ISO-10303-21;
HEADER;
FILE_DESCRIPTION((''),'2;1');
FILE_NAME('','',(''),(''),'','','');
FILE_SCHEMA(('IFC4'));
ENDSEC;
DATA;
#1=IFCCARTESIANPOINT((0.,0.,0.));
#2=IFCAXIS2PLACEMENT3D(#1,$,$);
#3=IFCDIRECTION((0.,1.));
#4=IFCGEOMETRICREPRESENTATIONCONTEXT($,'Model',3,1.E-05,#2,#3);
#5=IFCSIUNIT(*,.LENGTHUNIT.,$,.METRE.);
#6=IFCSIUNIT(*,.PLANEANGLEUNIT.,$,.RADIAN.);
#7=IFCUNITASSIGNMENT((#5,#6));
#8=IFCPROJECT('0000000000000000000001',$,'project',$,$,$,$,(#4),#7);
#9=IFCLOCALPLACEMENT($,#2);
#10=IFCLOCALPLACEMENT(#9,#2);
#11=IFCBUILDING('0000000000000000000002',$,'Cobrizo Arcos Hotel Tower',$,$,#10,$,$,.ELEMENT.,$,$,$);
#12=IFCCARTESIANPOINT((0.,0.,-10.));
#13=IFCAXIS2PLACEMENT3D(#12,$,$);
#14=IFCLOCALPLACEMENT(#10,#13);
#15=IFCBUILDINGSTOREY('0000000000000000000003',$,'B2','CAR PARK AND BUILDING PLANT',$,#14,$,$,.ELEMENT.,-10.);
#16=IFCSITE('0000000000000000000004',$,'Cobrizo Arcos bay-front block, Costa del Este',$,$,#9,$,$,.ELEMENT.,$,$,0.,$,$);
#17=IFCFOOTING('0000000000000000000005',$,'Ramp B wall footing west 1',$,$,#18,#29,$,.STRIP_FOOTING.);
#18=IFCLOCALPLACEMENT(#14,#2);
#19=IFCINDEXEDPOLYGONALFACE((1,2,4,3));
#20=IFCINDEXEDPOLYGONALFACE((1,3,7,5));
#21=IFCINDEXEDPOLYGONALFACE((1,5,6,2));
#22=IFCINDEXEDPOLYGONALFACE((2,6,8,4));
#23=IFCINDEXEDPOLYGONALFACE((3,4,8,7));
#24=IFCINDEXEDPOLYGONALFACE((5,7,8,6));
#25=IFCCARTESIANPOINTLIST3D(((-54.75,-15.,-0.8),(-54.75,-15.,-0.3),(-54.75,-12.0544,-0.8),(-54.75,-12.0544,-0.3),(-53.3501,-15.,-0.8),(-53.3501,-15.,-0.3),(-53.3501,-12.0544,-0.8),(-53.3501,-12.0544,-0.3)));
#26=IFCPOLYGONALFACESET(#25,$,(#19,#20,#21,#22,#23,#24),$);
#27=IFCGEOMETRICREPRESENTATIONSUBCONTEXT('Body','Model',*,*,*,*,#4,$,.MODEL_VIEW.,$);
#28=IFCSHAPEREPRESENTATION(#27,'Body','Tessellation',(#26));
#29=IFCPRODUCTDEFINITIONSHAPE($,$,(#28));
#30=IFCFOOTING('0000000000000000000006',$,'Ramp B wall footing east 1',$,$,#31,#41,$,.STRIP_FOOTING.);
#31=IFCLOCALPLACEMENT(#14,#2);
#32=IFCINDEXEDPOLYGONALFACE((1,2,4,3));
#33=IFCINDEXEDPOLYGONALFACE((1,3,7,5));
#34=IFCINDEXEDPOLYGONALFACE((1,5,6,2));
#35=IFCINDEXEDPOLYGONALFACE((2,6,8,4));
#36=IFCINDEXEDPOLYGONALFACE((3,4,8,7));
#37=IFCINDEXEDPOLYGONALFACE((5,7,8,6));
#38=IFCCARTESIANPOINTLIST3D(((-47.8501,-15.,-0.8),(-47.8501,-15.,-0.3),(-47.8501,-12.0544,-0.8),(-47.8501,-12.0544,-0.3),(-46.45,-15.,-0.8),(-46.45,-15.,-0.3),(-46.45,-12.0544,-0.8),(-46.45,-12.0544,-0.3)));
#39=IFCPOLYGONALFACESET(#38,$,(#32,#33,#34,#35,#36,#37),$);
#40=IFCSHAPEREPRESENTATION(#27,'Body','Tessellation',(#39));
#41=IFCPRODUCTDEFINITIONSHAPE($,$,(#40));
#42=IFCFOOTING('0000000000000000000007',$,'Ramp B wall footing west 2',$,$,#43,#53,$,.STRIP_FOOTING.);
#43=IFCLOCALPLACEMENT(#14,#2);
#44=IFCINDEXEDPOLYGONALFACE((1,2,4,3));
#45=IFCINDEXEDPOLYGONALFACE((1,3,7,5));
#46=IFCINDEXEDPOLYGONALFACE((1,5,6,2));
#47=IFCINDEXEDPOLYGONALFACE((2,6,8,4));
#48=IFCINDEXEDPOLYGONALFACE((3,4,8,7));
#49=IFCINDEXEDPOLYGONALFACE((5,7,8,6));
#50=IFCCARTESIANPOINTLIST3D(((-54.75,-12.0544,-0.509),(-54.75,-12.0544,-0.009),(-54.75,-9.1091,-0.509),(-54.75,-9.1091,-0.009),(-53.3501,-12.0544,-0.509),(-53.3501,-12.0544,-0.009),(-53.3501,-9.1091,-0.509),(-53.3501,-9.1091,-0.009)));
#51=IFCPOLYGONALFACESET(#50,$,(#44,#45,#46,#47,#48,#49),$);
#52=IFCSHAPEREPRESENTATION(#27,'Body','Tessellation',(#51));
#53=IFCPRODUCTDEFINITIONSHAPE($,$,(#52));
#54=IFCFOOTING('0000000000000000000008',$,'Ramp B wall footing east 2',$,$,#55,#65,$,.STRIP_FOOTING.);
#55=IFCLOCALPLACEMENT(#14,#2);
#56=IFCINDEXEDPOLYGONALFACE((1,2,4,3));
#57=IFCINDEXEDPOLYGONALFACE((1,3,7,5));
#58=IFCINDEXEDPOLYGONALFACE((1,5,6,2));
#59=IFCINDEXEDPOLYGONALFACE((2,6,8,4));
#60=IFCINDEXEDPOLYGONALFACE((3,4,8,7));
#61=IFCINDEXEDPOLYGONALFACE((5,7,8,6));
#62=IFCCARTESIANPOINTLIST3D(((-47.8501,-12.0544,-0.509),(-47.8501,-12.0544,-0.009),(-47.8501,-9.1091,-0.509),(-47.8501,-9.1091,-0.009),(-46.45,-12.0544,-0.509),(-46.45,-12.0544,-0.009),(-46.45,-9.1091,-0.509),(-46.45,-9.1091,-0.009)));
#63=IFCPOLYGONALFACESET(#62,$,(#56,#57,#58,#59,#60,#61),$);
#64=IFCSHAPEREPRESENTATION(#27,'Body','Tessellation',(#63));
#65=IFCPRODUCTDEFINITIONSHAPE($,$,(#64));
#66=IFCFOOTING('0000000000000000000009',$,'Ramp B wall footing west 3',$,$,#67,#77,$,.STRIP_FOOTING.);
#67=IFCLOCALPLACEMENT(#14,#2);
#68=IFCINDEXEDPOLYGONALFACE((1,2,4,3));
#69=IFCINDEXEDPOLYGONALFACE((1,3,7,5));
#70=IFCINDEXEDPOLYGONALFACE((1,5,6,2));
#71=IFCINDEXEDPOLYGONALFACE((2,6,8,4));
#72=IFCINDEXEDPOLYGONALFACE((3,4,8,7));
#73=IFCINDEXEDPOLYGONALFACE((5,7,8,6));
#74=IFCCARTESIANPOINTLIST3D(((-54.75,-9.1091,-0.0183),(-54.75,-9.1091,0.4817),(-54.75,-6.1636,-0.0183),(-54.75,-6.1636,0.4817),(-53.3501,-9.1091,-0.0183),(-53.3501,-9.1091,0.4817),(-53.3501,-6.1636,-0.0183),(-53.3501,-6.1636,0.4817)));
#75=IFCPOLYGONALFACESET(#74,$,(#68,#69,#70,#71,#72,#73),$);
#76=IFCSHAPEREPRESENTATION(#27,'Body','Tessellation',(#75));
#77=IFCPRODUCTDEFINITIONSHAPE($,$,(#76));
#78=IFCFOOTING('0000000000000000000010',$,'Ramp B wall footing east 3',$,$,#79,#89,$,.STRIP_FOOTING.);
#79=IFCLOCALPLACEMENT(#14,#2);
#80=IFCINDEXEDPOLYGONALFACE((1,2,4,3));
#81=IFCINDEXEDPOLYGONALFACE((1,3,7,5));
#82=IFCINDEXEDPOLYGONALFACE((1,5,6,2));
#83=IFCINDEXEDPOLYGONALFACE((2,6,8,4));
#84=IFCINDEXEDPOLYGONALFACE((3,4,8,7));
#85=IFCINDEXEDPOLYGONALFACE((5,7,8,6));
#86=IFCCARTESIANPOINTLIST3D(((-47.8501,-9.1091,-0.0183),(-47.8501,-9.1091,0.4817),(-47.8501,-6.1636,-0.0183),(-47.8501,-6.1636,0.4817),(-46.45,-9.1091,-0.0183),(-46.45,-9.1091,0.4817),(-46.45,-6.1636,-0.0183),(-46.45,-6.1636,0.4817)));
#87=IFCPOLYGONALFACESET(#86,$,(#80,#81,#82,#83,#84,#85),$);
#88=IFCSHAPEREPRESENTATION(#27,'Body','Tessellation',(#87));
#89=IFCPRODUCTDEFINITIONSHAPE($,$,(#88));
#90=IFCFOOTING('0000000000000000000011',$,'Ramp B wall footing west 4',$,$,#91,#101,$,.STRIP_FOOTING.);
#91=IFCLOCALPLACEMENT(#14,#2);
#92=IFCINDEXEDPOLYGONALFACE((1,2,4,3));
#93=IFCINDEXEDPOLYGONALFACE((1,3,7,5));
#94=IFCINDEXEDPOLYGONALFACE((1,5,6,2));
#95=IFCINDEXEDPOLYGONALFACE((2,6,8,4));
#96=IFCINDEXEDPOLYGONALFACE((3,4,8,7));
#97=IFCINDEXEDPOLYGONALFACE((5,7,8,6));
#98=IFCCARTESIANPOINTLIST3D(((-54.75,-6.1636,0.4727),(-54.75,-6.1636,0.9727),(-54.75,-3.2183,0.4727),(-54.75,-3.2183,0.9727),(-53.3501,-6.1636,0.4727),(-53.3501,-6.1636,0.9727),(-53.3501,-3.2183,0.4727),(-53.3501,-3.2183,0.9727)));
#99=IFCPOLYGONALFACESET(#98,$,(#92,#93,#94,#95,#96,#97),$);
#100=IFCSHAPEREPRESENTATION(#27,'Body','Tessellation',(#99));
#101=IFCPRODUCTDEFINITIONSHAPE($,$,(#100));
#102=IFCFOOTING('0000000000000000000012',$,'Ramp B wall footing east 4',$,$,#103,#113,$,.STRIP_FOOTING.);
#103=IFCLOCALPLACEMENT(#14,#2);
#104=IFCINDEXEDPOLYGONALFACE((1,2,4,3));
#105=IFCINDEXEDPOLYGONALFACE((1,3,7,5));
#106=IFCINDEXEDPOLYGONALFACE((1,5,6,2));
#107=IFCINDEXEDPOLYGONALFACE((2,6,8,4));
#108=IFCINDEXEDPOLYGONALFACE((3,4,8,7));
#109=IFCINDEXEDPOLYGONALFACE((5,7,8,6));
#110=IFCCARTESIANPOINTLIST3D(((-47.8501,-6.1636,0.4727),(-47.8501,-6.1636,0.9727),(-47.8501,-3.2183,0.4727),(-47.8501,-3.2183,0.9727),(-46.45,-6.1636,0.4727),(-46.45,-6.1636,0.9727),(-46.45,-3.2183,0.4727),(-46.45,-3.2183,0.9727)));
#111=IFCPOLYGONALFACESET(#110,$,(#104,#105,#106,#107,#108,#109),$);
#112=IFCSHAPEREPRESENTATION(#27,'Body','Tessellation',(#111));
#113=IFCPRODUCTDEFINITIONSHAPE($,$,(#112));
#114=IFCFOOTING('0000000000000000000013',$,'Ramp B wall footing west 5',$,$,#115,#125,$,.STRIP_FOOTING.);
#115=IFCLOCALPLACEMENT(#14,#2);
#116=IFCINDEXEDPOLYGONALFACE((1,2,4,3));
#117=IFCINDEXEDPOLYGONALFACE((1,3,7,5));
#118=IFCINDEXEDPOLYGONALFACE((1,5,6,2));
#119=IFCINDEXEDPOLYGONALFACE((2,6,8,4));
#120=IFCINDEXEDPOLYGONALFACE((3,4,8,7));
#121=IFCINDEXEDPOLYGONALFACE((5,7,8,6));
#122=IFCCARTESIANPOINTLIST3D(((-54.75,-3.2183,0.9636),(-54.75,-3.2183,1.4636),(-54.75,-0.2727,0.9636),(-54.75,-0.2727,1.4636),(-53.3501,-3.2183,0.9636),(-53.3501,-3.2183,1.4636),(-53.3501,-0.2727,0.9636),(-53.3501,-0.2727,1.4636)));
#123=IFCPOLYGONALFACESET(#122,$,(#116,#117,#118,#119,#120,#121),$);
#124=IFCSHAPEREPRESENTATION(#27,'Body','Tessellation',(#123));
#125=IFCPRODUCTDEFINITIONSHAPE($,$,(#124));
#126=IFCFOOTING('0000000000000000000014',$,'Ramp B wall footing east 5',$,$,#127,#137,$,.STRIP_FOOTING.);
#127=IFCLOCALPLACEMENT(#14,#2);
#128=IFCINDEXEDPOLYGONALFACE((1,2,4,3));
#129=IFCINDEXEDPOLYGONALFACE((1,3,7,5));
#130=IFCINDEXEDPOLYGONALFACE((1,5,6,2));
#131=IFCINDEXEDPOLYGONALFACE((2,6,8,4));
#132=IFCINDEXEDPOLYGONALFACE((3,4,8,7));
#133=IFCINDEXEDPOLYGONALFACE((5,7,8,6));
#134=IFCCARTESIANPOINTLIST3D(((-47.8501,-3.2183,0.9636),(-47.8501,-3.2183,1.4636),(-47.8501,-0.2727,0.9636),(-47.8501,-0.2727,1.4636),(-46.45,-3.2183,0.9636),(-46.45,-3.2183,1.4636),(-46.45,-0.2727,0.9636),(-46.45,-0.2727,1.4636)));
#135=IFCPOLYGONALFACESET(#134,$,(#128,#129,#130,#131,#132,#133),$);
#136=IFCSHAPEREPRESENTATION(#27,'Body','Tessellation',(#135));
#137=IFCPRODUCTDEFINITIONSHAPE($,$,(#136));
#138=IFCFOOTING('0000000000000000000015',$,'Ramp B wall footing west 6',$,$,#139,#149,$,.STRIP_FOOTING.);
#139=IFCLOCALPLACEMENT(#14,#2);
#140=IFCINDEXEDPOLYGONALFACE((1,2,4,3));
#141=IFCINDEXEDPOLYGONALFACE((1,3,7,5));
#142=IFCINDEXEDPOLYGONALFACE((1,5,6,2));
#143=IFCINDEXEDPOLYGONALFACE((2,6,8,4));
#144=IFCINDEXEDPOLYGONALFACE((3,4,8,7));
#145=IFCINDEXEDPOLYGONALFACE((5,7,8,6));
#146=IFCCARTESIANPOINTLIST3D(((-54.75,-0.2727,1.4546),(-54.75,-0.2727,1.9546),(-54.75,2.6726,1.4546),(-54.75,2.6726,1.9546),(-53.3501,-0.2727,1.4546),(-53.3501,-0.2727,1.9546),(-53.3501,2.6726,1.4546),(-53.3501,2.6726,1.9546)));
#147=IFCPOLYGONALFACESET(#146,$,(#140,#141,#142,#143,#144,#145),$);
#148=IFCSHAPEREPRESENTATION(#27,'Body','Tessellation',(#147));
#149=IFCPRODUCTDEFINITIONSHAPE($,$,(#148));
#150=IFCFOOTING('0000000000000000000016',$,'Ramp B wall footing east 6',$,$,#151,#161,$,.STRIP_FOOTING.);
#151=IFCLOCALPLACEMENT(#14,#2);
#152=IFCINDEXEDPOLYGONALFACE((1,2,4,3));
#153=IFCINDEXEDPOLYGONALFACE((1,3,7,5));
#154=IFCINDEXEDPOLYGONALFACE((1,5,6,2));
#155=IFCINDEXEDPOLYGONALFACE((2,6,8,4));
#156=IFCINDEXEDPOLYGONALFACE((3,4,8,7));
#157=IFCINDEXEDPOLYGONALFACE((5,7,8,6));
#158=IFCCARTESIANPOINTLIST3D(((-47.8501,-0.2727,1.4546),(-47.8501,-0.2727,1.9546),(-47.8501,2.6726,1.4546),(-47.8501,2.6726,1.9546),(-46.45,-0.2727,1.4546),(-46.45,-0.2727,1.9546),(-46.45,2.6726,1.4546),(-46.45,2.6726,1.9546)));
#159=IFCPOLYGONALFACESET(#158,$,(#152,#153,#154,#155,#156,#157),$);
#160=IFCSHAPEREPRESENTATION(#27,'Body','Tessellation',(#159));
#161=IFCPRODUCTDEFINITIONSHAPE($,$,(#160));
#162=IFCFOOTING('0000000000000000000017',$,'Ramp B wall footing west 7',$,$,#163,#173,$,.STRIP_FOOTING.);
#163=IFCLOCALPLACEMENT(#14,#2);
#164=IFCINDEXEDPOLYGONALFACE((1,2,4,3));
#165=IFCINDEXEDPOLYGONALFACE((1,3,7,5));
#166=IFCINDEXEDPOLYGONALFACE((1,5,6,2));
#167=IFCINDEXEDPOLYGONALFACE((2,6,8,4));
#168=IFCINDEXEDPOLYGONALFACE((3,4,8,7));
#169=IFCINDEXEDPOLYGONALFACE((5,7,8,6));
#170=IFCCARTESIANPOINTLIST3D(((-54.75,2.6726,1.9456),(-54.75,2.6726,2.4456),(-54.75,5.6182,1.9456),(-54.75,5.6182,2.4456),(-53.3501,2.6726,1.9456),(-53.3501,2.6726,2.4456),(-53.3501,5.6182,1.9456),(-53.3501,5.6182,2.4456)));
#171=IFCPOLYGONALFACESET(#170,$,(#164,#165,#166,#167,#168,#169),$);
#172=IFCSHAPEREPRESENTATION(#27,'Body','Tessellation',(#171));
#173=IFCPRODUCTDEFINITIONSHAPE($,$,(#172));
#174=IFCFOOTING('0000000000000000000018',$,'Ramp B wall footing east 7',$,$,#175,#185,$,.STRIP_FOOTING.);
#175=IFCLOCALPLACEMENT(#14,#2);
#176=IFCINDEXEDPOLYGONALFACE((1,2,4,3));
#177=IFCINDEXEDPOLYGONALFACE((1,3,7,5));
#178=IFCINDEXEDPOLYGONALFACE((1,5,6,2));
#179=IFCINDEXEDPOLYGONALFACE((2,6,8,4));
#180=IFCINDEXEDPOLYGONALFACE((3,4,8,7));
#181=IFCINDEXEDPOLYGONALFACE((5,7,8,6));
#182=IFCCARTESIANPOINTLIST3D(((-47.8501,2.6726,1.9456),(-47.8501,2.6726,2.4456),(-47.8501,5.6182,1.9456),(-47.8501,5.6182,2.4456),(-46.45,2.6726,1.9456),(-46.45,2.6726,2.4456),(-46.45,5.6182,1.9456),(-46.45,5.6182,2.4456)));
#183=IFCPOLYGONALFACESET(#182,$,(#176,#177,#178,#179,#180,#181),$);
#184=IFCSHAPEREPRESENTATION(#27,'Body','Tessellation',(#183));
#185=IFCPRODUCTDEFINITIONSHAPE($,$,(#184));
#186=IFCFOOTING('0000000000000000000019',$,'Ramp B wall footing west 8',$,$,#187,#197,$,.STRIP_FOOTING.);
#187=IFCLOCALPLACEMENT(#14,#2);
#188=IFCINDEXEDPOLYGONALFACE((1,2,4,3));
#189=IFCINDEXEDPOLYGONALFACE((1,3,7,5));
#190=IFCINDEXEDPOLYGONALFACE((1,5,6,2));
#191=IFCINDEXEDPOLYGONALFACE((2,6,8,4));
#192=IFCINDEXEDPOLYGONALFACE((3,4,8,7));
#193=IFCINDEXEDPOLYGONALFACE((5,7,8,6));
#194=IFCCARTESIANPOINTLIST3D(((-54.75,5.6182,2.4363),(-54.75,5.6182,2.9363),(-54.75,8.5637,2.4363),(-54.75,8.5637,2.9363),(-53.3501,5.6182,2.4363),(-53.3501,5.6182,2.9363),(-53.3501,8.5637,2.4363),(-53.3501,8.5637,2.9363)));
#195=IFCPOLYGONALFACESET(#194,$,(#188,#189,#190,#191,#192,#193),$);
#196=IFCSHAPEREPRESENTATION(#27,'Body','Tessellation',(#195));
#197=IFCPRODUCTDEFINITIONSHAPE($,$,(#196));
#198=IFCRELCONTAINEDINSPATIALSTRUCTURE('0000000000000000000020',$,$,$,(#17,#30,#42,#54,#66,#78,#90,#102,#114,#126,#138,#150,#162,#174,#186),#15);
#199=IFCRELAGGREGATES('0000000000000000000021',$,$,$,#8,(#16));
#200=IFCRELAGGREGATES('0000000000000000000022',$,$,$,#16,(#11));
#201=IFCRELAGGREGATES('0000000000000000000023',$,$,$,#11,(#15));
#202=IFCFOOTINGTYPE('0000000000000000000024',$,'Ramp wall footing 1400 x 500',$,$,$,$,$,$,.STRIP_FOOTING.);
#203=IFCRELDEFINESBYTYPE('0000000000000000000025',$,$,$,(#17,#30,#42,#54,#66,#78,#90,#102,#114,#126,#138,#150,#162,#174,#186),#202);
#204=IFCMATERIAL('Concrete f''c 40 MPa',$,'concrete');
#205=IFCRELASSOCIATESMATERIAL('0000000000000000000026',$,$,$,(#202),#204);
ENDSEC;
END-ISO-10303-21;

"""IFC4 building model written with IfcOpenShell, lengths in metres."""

from ifc_helpers import new_model, si_unit, direction, frame, origin, place, context, subcontext, project, spatial, polyline, outline, extrude, material, type_object, element, save


model = new_model("IFC4")

# Units and contexts
model_context = context("Model", 3, precision=1e-05, world=origin(), true_north=direction((0.0, 1.0)))
body_context = subcontext(model_context, "Body", "Model", "MODEL_VIEW")
ifc_project = project(units=[si_unit("LENGTHUNIT", "METRE"), si_unit("PLANEANGLEUNIT", "RADIAN")], contexts=[model_context])

# Site, building, storey
site_placement = place(None, origin())
site = spatial("IfcSite", under=ifc_project, at=site_placement, Name="Cobrizo Arcos bay-front block, Costa del Este", CompositionType="ELEMENT", RefElevation=0.0)
building_placement = place(site_placement, origin())
building = spatial("IfcBuilding", under=site, at=building_placement, Name="Cobrizo Arcos Hotel Tower", CompositionType="ELEMENT")
storey_placement = place(building_placement, frame((0.0, 0.0, -10.0)))
storey = spatial("IfcBuildingStorey", under=building, at=storey_placement, Name="B2", Description="CAR PARK AND BUILDING PLANT", CompositionType="ELEMENT", Elevation=-10.0)

# Footings
ifc_material = material(Name="Concrete f'c 40 MPa", Category="concrete")
footing_type = type_object("IfcFootingType", Name="Ramp wall footing 1400 x 500", PredefinedType="STRIP_FOOTING", material=ifc_material)
footing_1_placement = place(storey_placement, frame((0.0, 0.0, -0.8)))
element("IfcFooting", 1, at=footing_1_placement, inside=storey, type_object=footing_type, Name="Ramp B wall footing west 1", PredefinedType="STRIP_FOOTING", context=body_context, shape_type="SweptSolid", body=[
    extrude(outline(polyline([(-54.75, -12.0544), (-53.3501, -12.0544), (-53.3501, -15.0), (-54.75, -15.0), (-54.75, -12.0544)])), origin(), (0.0, 0.0, 1.0), 0.5),
])
footing_2_placement = place(storey_placement, frame((0.0, 0.0, -0.8)))
element("IfcFooting", 2, at=footing_2_placement, inside=storey, type_object=footing_type, Name="Ramp B wall footing east 1", PredefinedType="STRIP_FOOTING", context=body_context, shape_type="SweptSolid", body=[
    extrude(outline(polyline([(-47.8501, -12.0544), (-46.45, -12.0544), (-46.45, -15.0), (-47.8501, -15.0), (-47.8501, -12.0544)])), origin(), (0.0, 0.0, 1.0), 0.5),
])
footing_3_placement = place(storey_placement, frame((0.0, 0.0, -0.509)))
element("IfcFooting", 3, at=footing_3_placement, inside=storey, type_object=footing_type, Name="Ramp B wall footing west 2", PredefinedType="STRIP_FOOTING", context=body_context, shape_type="SweptSolid", body=[
    extrude(outline(polyline([(-54.75, -9.1091), (-53.3501, -9.1091), (-53.3501, -12.0544), (-54.75, -12.0544), (-54.75, -9.1091)])), origin(), (0.0, 0.0, 1.0), 0.5),
])
footing_4_placement = place(storey_placement, frame((0.0, 0.0, -0.509)))
element("IfcFooting", 4, at=footing_4_placement, inside=storey, type_object=footing_type, Name="Ramp B wall footing east 2", PredefinedType="STRIP_FOOTING", context=body_context, shape_type="SweptSolid", body=[
    extrude(outline(polyline([(-47.8501, -9.1091), (-46.45, -9.1091), (-46.45, -12.0544), (-47.8501, -12.0544), (-47.8501, -9.1091)])), origin(), (0.0, 0.0, 1.0), 0.5),
])
footing_5_placement = place(storey_placement, frame((0.0, 0.0, -0.0183)))
element("IfcFooting", 5, at=footing_5_placement, inside=storey, type_object=footing_type, Name="Ramp B wall footing west 3", PredefinedType="STRIP_FOOTING", context=body_context, shape_type="SweptSolid", body=[
    extrude(outline(polyline([(-54.75, -6.1636), (-53.3501, -6.1636), (-53.3501, -9.1091), (-54.75, -9.1091), (-54.75, -6.1636)])), origin(), (0.0, 0.0, 1.0), 0.5),
])
footing_6_placement = place(storey_placement, frame((0.0, 0.0, -0.0183)))
element("IfcFooting", 6, at=footing_6_placement, inside=storey, type_object=footing_type, Name="Ramp B wall footing east 3", PredefinedType="STRIP_FOOTING", context=body_context, shape_type="SweptSolid", body=[
    extrude(outline(polyline([(-47.8501, -6.1636), (-46.45, -6.1636), (-46.45, -9.1091), (-47.8501, -9.1091), (-47.8501, -6.1636)])), origin(), (0.0, 0.0, 1.0), 0.5),
])
footing_7_placement = place(storey_placement, frame((0.0, 0.0, 0.4727)))
element("IfcFooting", 7, at=footing_7_placement, inside=storey, type_object=footing_type, Name="Ramp B wall footing west 4", PredefinedType="STRIP_FOOTING", context=body_context, shape_type="SweptSolid", body=[
    extrude(outline(polyline([(-54.75, -3.2183), (-53.3501, -3.2183), (-53.3501, -6.1636), (-54.75, -6.1636), (-54.75, -3.2183)])), origin(), (0.0, 0.0, 1.0), 0.5),
])
footing_8_placement = place(storey_placement, frame((0.0, 0.0, 0.4727)))
element("IfcFooting", 8, at=footing_8_placement, inside=storey, type_object=footing_type, Name="Ramp B wall footing east 4", PredefinedType="STRIP_FOOTING", context=body_context, shape_type="SweptSolid", body=[
    extrude(outline(polyline([(-47.8501, -3.2183), (-46.45, -3.2183), (-46.45, -6.1636), (-47.8501, -6.1636), (-47.8501, -3.2183)])), origin(), (0.0, 0.0, 1.0), 0.5),
])
footing_9_placement = place(storey_placement, frame((0.0, 0.0, 0.9636)))
element("IfcFooting", 9, at=footing_9_placement, inside=storey, type_object=footing_type, Name="Ramp B wall footing west 5", PredefinedType="STRIP_FOOTING", context=body_context, shape_type="SweptSolid", body=[
    extrude(outline(polyline([(-54.75, -0.2727), (-53.3501, -0.2727), (-53.3501, -3.2183), (-54.75, -3.2183), (-54.75, -0.2727)])), origin(), (0.0, 0.0, 1.0), 0.5),
])
footing_10_placement = place(storey_placement, frame((0.0, 0.0, 0.9636)))
element("IfcFooting", 10, at=footing_10_placement, inside=storey, type_object=footing_type, Name="Ramp B wall footing east 5", PredefinedType="STRIP_FOOTING", context=body_context, shape_type="SweptSolid", body=[
    extrude(outline(polyline([(-47.8501, -0.2727), (-46.45, -0.2727), (-46.45, -3.2183), (-47.8501, -3.2183), (-47.8501, -0.2727)])), origin(), (0.0, 0.0, 1.0), 0.5),
])
footing_11_placement = place(storey_placement, frame((0.0, 0.0, 1.4546)))
element("IfcFooting", 11, at=footing_11_placement, inside=storey, type_object=footing_type, Name="Ramp B wall footing west 6", PredefinedType="STRIP_FOOTING", context=body_context, shape_type="SweptSolid", body=[
    extrude(outline(polyline([(-54.75, 2.6726), (-53.3501, 2.6726), (-53.3501, -0.2727), (-54.75, -0.2727), (-54.75, 2.6726)])), origin(), (0.0, 0.0, 1.0), 0.5),
])
footing_12_placement = place(storey_placement, frame((0.0, 0.0, 1.4546)))
element("IfcFooting", 12, at=footing_12_placement, inside=storey, type_object=footing_type, Name="Ramp B wall footing east 6", PredefinedType="STRIP_FOOTING", context=body_context, shape_type="SweptSolid", body=[
    extrude(outline(polyline([(-47.8501, 2.6726), (-46.45, 2.6726), (-46.45, -0.2727), (-47.8501, -0.2727), (-47.8501, 2.6726)])), origin(), (0.0, 0.0, 1.0), 0.5),
])
footing_13_placement = place(storey_placement, frame((0.0, 0.0, 1.9456)))
element("IfcFooting", 13, at=footing_13_placement, inside=storey, type_object=footing_type, Name="Ramp B wall footing west 7", PredefinedType="STRIP_FOOTING", context=body_context, shape_type="SweptSolid", body=[
    extrude(outline(polyline([(-54.75, 5.6182), (-53.3501, 5.6182), (-53.3501, 2.6726), (-54.75, 2.6726), (-54.75, 5.6182)])), origin(), (0.0, 0.0, 1.0), 0.5),
])
footing_14_placement = place(storey_placement, frame((0.0, 0.0, 1.9456)))
element("IfcFooting", 14, at=footing_14_placement, inside=storey, type_object=footing_type, Name="Ramp B wall footing east 7", PredefinedType="STRIP_FOOTING", context=body_context, shape_type="SweptSolid", body=[
    extrude(outline(polyline([(-47.8501, 5.6182), (-46.45, 5.6182), (-46.45, 2.6726), (-47.8501, 2.6726), (-47.8501, 5.6182)])), origin(), (0.0, 0.0, 1.0), 0.5),
])
footing_15_placement = place(storey_placement, frame((0.0, 0.0, 2.4363)))
element("IfcFooting", 15, at=footing_15_placement, inside=storey, type_object=footing_type, Name="Ramp B wall footing west 8", PredefinedType="STRIP_FOOTING", context=body_context, shape_type="SweptSolid", body=[
    extrude(outline(polyline([(-54.75, 8.5637), (-53.3501, 8.5637), (-53.3501, 5.6182), (-54.75, 5.6182), (-54.75, 8.5637)])), origin(), (0.0, 0.0, 1.0), 0.5),
])

save(model, "model.ifc")
